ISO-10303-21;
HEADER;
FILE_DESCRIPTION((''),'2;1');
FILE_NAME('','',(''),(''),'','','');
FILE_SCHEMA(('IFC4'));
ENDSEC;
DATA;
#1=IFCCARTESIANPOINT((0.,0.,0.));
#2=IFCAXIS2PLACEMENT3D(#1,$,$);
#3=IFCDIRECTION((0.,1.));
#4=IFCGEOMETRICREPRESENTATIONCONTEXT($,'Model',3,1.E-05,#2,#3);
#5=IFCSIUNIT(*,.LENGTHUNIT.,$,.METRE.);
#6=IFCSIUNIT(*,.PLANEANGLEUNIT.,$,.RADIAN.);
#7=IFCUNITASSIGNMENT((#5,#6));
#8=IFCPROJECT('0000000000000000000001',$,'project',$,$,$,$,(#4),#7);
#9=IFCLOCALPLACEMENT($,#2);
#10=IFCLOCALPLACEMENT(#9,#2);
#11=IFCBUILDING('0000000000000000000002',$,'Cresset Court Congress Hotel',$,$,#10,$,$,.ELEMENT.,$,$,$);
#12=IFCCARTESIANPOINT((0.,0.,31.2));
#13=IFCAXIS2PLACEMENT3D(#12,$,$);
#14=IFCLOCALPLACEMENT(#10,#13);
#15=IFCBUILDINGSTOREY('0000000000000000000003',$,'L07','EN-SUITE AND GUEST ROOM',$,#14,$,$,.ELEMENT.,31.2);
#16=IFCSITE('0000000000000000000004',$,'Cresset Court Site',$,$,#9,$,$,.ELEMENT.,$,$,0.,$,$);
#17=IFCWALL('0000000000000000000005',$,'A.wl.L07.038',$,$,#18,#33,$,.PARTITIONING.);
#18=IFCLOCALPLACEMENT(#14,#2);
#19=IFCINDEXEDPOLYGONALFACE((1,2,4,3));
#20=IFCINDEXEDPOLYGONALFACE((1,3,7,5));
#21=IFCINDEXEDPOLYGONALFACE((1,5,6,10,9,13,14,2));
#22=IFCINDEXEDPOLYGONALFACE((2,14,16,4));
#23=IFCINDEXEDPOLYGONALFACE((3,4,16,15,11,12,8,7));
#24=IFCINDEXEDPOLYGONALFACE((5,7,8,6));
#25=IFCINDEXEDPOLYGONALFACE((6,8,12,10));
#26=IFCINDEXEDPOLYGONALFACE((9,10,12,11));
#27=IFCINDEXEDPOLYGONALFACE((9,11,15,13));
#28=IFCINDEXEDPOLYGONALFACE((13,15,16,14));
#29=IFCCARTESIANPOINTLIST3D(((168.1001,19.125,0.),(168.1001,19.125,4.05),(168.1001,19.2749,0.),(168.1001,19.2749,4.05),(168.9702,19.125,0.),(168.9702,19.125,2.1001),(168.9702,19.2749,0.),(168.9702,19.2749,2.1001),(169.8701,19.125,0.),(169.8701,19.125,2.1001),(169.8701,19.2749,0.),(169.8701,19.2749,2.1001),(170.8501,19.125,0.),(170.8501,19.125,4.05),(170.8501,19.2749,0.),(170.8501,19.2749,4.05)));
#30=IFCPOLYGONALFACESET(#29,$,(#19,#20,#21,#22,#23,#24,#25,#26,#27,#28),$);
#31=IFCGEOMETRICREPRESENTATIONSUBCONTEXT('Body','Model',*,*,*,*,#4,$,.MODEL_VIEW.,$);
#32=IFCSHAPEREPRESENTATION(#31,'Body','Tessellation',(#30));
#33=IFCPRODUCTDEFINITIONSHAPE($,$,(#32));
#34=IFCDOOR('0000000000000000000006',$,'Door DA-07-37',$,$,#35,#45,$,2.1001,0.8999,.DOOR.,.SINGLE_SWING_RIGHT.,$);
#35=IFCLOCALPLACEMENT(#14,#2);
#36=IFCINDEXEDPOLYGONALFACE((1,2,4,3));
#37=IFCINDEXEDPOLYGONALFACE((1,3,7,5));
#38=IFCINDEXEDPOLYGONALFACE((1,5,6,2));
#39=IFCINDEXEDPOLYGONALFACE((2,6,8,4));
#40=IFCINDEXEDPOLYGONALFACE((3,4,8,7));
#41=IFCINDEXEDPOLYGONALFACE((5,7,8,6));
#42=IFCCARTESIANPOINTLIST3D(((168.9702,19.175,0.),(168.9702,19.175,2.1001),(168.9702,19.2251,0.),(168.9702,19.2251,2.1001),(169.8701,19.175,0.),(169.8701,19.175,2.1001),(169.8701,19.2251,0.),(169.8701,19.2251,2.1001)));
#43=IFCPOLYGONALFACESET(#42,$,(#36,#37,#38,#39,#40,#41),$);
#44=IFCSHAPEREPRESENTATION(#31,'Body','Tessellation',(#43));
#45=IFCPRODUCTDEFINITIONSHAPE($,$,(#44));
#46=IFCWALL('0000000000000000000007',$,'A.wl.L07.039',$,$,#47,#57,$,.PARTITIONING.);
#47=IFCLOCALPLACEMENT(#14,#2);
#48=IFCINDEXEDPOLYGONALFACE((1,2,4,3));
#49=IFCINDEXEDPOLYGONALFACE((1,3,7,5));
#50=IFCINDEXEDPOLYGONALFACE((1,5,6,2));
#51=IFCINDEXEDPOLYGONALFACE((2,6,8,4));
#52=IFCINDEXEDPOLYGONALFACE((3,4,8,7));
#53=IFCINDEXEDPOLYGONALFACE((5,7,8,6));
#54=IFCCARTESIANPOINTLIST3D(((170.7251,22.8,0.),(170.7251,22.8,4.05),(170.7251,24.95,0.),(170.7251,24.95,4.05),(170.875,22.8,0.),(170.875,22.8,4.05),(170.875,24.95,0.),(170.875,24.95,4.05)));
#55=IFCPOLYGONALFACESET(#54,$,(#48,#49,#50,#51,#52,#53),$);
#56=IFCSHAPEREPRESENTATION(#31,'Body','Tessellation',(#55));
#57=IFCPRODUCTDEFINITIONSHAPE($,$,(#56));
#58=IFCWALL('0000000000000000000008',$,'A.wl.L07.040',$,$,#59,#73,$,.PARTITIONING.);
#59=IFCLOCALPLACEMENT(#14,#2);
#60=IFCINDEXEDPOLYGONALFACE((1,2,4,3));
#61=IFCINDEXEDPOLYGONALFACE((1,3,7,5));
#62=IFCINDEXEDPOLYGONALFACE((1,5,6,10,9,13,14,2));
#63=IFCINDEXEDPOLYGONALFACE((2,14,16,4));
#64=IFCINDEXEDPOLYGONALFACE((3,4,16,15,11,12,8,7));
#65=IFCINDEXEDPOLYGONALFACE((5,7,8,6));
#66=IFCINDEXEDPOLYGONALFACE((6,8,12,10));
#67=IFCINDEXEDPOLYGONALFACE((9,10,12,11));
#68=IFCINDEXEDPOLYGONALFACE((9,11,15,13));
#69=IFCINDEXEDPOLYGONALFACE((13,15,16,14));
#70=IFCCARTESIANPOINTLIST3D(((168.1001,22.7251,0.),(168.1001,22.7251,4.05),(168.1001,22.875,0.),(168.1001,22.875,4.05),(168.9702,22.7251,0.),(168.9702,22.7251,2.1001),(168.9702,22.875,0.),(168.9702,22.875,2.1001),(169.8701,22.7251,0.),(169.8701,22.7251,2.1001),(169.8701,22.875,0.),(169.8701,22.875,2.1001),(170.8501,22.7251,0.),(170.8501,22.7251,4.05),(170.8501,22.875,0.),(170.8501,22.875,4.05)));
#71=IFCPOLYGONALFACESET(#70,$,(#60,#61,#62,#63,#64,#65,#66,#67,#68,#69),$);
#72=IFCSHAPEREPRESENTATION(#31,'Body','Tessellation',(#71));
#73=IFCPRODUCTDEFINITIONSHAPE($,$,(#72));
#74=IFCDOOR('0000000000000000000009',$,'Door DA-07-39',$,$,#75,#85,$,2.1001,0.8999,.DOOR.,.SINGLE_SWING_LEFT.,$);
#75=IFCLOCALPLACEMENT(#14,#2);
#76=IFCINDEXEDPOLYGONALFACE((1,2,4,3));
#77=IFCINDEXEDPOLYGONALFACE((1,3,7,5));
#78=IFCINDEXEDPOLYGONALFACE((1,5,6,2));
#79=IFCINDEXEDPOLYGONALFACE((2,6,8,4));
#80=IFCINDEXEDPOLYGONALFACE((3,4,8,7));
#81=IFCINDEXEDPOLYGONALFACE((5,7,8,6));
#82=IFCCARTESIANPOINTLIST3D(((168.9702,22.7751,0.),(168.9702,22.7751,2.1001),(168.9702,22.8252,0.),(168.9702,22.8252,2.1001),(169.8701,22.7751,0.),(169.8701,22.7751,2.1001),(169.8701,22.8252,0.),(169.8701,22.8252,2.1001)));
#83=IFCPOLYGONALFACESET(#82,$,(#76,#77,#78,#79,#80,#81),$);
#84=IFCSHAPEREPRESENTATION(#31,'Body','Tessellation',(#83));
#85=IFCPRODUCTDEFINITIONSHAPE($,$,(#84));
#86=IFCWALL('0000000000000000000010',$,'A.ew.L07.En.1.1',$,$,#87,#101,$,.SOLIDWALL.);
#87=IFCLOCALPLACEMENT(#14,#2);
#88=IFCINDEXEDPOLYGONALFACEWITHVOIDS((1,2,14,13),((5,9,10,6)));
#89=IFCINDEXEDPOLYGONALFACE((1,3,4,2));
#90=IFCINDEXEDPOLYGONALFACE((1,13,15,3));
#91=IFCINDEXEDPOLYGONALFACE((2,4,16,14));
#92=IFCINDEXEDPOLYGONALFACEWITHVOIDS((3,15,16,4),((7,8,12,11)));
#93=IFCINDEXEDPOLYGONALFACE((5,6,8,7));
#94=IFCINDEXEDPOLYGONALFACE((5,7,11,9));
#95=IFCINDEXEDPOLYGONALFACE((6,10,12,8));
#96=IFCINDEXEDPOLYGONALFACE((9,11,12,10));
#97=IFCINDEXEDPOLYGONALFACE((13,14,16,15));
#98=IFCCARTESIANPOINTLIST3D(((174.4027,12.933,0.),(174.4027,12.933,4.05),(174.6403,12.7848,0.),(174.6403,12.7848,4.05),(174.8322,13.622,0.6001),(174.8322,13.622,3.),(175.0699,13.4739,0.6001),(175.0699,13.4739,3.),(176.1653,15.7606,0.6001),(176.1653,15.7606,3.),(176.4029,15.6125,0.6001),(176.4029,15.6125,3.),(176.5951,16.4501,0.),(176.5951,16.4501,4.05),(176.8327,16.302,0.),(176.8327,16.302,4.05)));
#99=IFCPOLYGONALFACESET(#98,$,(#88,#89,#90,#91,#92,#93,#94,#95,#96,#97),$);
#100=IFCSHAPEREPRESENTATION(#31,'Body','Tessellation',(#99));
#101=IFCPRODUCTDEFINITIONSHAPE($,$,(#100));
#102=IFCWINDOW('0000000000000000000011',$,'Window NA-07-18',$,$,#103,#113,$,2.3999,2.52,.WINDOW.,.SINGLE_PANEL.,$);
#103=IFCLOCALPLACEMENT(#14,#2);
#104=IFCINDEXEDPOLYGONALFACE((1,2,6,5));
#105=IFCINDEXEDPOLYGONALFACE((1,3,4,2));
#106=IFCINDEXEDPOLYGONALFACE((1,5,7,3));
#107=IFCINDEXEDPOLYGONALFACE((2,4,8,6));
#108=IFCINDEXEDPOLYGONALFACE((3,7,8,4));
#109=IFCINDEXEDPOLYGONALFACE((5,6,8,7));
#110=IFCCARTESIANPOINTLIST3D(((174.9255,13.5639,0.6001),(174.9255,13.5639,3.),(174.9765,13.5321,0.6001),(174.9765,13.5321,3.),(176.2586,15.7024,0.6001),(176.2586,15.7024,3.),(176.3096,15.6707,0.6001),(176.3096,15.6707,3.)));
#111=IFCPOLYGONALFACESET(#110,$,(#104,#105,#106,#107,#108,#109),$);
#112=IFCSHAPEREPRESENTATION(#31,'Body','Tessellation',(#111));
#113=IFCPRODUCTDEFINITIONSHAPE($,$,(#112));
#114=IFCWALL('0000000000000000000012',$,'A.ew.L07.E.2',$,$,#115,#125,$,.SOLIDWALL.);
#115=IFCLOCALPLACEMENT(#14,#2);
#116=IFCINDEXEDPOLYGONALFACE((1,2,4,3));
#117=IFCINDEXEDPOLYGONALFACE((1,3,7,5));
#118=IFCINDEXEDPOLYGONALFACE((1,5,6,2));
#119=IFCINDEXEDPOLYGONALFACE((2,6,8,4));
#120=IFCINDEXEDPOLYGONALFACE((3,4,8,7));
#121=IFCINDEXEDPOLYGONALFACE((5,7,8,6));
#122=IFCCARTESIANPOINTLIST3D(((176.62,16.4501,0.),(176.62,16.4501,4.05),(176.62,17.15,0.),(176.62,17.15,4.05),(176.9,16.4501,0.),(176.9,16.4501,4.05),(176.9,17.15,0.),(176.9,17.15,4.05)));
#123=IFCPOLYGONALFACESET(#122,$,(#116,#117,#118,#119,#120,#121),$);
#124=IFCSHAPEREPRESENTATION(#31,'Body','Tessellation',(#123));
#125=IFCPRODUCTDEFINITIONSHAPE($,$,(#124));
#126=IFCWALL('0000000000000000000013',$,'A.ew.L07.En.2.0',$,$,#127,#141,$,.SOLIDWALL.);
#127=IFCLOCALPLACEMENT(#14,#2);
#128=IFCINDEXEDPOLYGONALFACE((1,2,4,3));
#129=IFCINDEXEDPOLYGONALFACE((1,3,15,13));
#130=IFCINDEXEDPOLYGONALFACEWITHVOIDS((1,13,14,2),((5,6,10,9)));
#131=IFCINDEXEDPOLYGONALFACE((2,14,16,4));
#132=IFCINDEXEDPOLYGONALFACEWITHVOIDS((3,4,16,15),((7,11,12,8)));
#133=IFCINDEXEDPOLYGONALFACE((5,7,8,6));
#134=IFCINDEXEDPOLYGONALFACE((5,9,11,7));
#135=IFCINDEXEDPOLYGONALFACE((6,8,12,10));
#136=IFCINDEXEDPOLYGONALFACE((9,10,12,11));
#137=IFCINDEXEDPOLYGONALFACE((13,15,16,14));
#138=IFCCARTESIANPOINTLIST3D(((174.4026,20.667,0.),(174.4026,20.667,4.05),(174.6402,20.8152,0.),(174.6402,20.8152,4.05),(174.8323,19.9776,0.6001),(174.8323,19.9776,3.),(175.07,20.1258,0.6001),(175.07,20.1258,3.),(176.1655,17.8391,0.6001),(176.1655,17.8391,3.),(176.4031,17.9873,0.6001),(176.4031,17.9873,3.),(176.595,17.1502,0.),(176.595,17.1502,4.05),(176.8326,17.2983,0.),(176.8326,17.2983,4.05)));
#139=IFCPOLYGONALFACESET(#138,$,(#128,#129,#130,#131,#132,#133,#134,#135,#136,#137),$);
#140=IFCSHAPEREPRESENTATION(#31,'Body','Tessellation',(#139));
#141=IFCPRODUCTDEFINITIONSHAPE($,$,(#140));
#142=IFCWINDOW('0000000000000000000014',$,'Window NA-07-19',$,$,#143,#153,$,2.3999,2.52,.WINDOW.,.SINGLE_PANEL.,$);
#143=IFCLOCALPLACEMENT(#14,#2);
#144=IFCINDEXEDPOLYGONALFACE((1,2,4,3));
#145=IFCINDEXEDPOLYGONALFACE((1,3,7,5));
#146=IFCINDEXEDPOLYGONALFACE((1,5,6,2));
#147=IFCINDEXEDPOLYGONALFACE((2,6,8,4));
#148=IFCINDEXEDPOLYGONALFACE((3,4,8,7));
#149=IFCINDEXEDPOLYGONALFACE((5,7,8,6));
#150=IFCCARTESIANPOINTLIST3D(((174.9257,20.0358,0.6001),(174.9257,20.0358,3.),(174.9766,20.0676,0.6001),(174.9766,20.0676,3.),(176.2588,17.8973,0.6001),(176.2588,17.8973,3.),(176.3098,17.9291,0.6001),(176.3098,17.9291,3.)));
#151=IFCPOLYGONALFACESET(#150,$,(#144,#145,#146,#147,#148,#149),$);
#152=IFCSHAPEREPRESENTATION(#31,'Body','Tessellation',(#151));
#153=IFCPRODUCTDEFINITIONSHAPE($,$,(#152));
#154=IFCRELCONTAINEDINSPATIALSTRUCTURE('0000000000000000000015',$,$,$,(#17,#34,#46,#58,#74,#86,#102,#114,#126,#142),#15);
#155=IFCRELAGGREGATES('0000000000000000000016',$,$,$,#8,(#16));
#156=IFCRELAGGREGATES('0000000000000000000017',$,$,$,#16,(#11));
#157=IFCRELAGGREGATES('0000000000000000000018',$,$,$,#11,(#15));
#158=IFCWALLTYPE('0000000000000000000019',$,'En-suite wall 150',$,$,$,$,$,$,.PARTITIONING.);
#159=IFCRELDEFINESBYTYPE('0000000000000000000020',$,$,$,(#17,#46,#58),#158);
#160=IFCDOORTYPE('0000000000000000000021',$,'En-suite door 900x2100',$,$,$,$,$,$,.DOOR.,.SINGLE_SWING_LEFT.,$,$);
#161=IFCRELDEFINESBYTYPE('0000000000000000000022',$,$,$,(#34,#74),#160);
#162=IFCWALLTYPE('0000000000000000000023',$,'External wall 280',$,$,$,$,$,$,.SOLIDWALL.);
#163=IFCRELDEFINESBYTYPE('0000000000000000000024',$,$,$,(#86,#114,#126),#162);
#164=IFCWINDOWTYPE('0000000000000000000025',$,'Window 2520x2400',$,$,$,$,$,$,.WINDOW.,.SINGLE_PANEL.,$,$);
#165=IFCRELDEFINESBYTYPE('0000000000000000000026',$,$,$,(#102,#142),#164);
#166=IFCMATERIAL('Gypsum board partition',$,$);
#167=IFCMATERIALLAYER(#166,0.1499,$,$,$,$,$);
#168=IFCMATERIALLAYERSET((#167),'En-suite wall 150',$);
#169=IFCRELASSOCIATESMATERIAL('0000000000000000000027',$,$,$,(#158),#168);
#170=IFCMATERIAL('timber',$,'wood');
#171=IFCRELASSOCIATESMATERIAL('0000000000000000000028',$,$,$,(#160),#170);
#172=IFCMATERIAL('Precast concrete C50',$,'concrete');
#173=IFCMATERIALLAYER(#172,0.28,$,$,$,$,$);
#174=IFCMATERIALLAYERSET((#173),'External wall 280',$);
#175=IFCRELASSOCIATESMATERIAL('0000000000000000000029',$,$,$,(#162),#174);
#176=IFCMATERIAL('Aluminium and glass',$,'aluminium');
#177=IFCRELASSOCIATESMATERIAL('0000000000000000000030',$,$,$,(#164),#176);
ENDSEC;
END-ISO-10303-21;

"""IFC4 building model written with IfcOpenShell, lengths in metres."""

from ifc_helpers import new_model, si_unit, direction, frame, frame_2d, origin, place, context, subcontext, project, spatial, rectangle, extrude, material, layer, layer_set, type_object, element, fill, save


model = new_model("IFC4")

# Units and contexts
model_context = context("Model", 3, precision=1e-05, world=origin(), true_north=direction((0.0, 1.0)))
body_context = subcontext(model_context, "Body", "Model", "MODEL_VIEW")
ifc_project = project(units=[si_unit("LENGTHUNIT", "METRE"), si_unit("PLANEANGLEUNIT", "RADIAN")], contexts=[model_context])

# Site, building, storey
site_placement = place(None, origin())
site = spatial("IfcSite", under=ifc_project, at=site_placement, Name="Cresset Court Site", CompositionType="ELEMENT", RefElevation=0.0)
building_placement = place(site_placement, origin())
building = spatial("IfcBuilding", under=site, at=building_placement, Name="Cresset Court Congress Hotel", CompositionType="ELEMENT")
storey_placement = place(building_placement, frame((0.0, 0.0, 31.2)))
storey = spatial("IfcBuildingStorey", under=building, at=storey_placement, Name="L07", Description="EN-SUITE AND GUEST ROOM", CompositionType="ELEMENT", Elevation=31.2)

# Shared definitions
ifc_material_1 = material(Name="Gypsum board partition")
ifc_layer_1 = layer(ifc_material_1, 0.1499)
ifc_layer_set_1 = layer_set([ifc_layer_1], Name="En-suite wall 150")
wall_type_1 = type_object("IfcWallType", Name="En-suite wall 150", PredefinedType="PARTITIONING", material=ifc_layer_set_1)

# Shared definitions
ifc_material_2 = material(Name="timber", Category="wood")
door_type = type_object("IfcDoorType", Name="En-suite door 900x2100", OperationType="SINGLE_SWING_LEFT", PredefinedType="DOOR", material=ifc_material_2)

# Wall, opening, door
wall_1_placement = place(storey_placement, frame((170.8501, 19.2, 0.0), z_axis=(0.0, 0.0, 1.0), x_axis=(-1.0, 0.0, 0.0)))
wall_1 = element("IfcWall", 1, at=wall_1_placement, inside=storey, type_object=wall_type_1, Name="A.wl.L07.038", PredefinedType="PARTITIONING", context=body_context, shape_type="SweptSolid", body=[
    extrude(rectangle(XDim=2.75, YDim=0.1499, at=frame_2d((1.375, 0.0))), origin(), (0.0, 0.0, 1.0), 4.05),
])
opening_1_placement = place(wall_1_placement, frame((0.98, 0.0, 0.0)))
opening_1 = element("IfcOpeningElement", 2, at=opening_1_placement, cuts=wall_1, PredefinedType="OPENING", context=body_context, shape_type="SweptSolid", body=[
    extrude(rectangle(XDim=0.8999, YDim=2.1001, at=frame_2d((0.45, 1.05))), frame((0.0, 0.085, 0.0), z_axis=(0.0, -1.0, 0.0), x_axis=(1.0, 0.0, 0.0)), (0.0, 0.0, 1.0), 0.1699),
])
door_1_placement = place(opening_1_placement, origin())
door_1 = element("IfcDoor", 3, at=door_1_placement, inside=storey, type_object=door_type, Name="Door DA-07-37", OperationType="SINGLE_SWING_RIGHT", OverallHeight=2.1001, OverallWidth=0.8999, PredefinedType="DOOR", context=body_context, shape_type="SweptSolid", body=[
    extrude(rectangle(XDim=0.8999, YDim=2.1001, at=frame_2d((0.45, 1.05))), frame((0.0, 0.0249, 0.0), z_axis=(0.0, -1.0, 0.0), x_axis=(1.0, 0.0, 0.0)), (0.0, 0.0, 1.0), 0.05),
])
fill(opening_1, door_1)

# Wall
wall_2_placement = place(storey_placement, frame((170.8, 22.8, 0.0), z_axis=(0.0, 0.0, 1.0), x_axis=(0.0, 1.0, 0.0)))
element("IfcWall", 4, at=wall_2_placement, inside=storey, type_object=wall_type_1, Name="A.wl.L07.039", PredefinedType="PARTITIONING", context=body_context, shape_type="SweptSolid", body=[
    extrude(rectangle(XDim=2.1499, YDim=0.1499, at=frame_2d((1.075, 0.0))), origin(), (0.0, 0.0, 1.0), 4.05),
])

# Wall, opening, door
wall_3_placement = place(storey_placement, frame((170.8501, 22.8, 0.0), z_axis=(0.0, 0.0, 1.0), x_axis=(-1.0, 0.0, 0.0)))
wall_3 = element("IfcWall", 5, at=wall_3_placement, inside=storey, type_object=wall_type_1, Name="A.wl.L07.040", PredefinedType="PARTITIONING", context=body_context, shape_type="SweptSolid", body=[
    extrude(rectangle(XDim=2.75, YDim=0.1499, at=frame_2d((1.375, 0.0))), origin(), (0.0, 0.0, 1.0), 4.05),
])
opening_2_placement = place(wall_3_placement, frame((0.98, 0.0, 0.0)))
opening_2 = element("IfcOpeningElement", 6, at=opening_2_placement, cuts=wall_3, PredefinedType="OPENING", context=body_context, shape_type="SweptSolid", body=[
    extrude(rectangle(XDim=0.8999, YDim=2.1001, at=frame_2d((0.45, 1.05))), frame((0.0, 0.085, 0.0), z_axis=(0.0, -1.0, 0.0), x_axis=(1.0, 0.0, 0.0)), (0.0, 0.0, 1.0), 0.1699),
])
door_2_placement = place(opening_2_placement, origin())
door_2 = element("IfcDoor", 7, at=door_2_placement, inside=storey, type_object=door_type, Name="Door DA-07-39", OperationType="SINGLE_SWING_LEFT", OverallHeight=2.1001, OverallWidth=0.8999, PredefinedType="DOOR", context=body_context, shape_type="SweptSolid", body=[
    extrude(rectangle(XDim=0.8999, YDim=2.1001, at=frame_2d((0.45, 1.05))), frame((0.0, 0.0249, 0.0), z_axis=(0.0, -1.0, 0.0), x_axis=(1.0, 0.0, 0.0)), (0.0, 0.0, 1.0), 0.05),
])
fill(opening_2, door_2)

# Wall, opening, window
ifc_material_3 = material(Name="Precast concrete C50", Category="concrete")
ifc_layer_2 = layer(ifc_material_3, 0.28)
ifc_layer_set_2 = layer_set([ifc_layer_2], Name="External wall 280")
wall_type_2 = type_object("IfcWallType", Name="External wall 280", PredefinedType="SOLIDWALL", material=ifc_layer_set_2)
wall_4_placement = place(storey_placement, frame((174.5215, 12.8589, 0.0), z_axis=(0.0, 0.0, 1.0), x_axis=(0.528993, 0.848626, 0.0)))
wall_4 = element("IfcWall", 8, at=wall_4_placement, inside=storey, type_object=wall_type_2, Name="A.ew.L07.En.1.1", PredefinedType="SOLIDWALL", context=body_context, shape_type="SweptSolid", body=[
    extrude(rectangle(XDim=4.1445, YDim=0.28, at=frame_2d((2.0723, 0.0))), origin(), (0.0, 0.0, 1.0), 4.05),
])
opening_3_placement = place(wall_4_placement, frame((0.812, 0.0, 0.6001)))
opening_3 = element("IfcOpeningElement", 9, at=opening_3_placement, cuts=wall_4, PredefinedType="OPENING", context=body_context, shape_type="SweptSolid", body=[
    extrude(rectangle(XDim=2.52, YDim=2.3999, at=frame_2d((1.26, 1.2))), frame((0.0, 0.1499, 0.0), z_axis=(0.0, -1.0, 0.0), x_axis=(1.0, 0.0, 0.0)), (0.0, 0.0, 1.0), 0.3),
])
ifc_material_4 = material(Name="Aluminium and glass", Category="aluminium")
window_type = type_object("IfcWindowType", Name="Window 2520x2400", PartitioningType="SINGLE_PANEL", PredefinedType="WINDOW", material=ifc_material_4)
window_1_placement = place(opening_3_placement, origin())
window_1 = element("IfcWindow", 10, at=window_1_placement, inside=storey, type_object=window_type, Name="Window NA-07-18", OverallHeight=2.3999, OverallWidth=2.52, PartitioningType="SINGLE_PANEL", PredefinedType="WINDOW", context=body_context, shape_type="SweptSolid", body=[
    extrude(rectangle(XDim=2.52, YDim=2.3999, at=frame_2d((1.26, 1.2))), frame((0.0, 0.03, 0.0), z_axis=(0.0, -1.0, 0.0), x_axis=(1.0, 0.0, 0.0)), (0.0, 0.0, 1.0), 0.0601),
])
fill(opening_3, window_1)

# Wall
wall_5_placement = place(storey_placement, frame((176.76, 16.45, 0.0), z_axis=(0.0, 0.0, 1.0), x_axis=(0.0, 1.0, 0.0)))
element("IfcWall", 11, at=wall_5_placement, inside=storey, type_object=wall_type_2, Name="A.ew.L07.E.2", PredefinedType="SOLIDWALL", context=body_context, shape_type="SweptSolid", body=[
    extrude(rectangle(XDim=0.7, YDim=0.28, at=frame_2d((0.3501, 0.0))), origin(), (0.0, 0.0, 1.0), 4.05),
])

# Wall, opening, window
wall_6_placement = place(storey_placement, frame((176.7139, 17.2241, 0.0), z_axis=(0.0, 0.0, 1.0), x_axis=(-0.529019, 0.84861, 0.0)))
wall_6 = element("IfcWall", 12, at=wall_6_placement, inside=storey, type_object=wall_type_2, Name="A.ew.L07.En.2.0", PredefinedType="SOLIDWALL", context=body_context, shape_type="SweptSolid", body=[
    extrude(rectangle(XDim=4.1443, YDim=0.28, at=frame_2d((2.0723, 0.0))), origin(), (0.0, 0.0, 1.0), 4.05),
])
opening_4_placement = place(wall_6_placement, frame((0.812, 0.0, 0.6001)))
opening_4 = element("IfcOpeningElement", 13, at=opening_4_placement, cuts=wall_6, PredefinedType="OPENING", context=body_context, shape_type="SweptSolid", body=[
    extrude(rectangle(XDim=2.52, YDim=2.3999, at=frame_2d((1.26, 1.2))), frame((0.0, 0.1499, 0.0), z_axis=(0.0, -1.0, 0.0), x_axis=(1.0, 0.0, 0.0)), (0.0, 0.0, 1.0), 0.3),
])
window_2_placement = place(opening_4_placement, origin())
window_2 = element("IfcWindow", 14, at=window_2_placement, inside=storey, type_object=window_type, Name="Window NA-07-19", OverallHeight=2.3999, OverallWidth=2.52, PartitioningType="SINGLE_PANEL", PredefinedType="WINDOW", context=body_context, shape_type="SweptSolid", body=[
    extrude(rectangle(XDim=2.52, YDim=2.3999, at=frame_2d((1.26, 1.2))), frame((0.0, 0.03, 0.0), z_axis=(0.0, -1.0, 0.0), x_axis=(1.0, 0.0, 0.0)), (0.0, 0.0, 1.0), 0.0601),
])
fill(opening_4, window_2)

save(model, "model.ifc")
